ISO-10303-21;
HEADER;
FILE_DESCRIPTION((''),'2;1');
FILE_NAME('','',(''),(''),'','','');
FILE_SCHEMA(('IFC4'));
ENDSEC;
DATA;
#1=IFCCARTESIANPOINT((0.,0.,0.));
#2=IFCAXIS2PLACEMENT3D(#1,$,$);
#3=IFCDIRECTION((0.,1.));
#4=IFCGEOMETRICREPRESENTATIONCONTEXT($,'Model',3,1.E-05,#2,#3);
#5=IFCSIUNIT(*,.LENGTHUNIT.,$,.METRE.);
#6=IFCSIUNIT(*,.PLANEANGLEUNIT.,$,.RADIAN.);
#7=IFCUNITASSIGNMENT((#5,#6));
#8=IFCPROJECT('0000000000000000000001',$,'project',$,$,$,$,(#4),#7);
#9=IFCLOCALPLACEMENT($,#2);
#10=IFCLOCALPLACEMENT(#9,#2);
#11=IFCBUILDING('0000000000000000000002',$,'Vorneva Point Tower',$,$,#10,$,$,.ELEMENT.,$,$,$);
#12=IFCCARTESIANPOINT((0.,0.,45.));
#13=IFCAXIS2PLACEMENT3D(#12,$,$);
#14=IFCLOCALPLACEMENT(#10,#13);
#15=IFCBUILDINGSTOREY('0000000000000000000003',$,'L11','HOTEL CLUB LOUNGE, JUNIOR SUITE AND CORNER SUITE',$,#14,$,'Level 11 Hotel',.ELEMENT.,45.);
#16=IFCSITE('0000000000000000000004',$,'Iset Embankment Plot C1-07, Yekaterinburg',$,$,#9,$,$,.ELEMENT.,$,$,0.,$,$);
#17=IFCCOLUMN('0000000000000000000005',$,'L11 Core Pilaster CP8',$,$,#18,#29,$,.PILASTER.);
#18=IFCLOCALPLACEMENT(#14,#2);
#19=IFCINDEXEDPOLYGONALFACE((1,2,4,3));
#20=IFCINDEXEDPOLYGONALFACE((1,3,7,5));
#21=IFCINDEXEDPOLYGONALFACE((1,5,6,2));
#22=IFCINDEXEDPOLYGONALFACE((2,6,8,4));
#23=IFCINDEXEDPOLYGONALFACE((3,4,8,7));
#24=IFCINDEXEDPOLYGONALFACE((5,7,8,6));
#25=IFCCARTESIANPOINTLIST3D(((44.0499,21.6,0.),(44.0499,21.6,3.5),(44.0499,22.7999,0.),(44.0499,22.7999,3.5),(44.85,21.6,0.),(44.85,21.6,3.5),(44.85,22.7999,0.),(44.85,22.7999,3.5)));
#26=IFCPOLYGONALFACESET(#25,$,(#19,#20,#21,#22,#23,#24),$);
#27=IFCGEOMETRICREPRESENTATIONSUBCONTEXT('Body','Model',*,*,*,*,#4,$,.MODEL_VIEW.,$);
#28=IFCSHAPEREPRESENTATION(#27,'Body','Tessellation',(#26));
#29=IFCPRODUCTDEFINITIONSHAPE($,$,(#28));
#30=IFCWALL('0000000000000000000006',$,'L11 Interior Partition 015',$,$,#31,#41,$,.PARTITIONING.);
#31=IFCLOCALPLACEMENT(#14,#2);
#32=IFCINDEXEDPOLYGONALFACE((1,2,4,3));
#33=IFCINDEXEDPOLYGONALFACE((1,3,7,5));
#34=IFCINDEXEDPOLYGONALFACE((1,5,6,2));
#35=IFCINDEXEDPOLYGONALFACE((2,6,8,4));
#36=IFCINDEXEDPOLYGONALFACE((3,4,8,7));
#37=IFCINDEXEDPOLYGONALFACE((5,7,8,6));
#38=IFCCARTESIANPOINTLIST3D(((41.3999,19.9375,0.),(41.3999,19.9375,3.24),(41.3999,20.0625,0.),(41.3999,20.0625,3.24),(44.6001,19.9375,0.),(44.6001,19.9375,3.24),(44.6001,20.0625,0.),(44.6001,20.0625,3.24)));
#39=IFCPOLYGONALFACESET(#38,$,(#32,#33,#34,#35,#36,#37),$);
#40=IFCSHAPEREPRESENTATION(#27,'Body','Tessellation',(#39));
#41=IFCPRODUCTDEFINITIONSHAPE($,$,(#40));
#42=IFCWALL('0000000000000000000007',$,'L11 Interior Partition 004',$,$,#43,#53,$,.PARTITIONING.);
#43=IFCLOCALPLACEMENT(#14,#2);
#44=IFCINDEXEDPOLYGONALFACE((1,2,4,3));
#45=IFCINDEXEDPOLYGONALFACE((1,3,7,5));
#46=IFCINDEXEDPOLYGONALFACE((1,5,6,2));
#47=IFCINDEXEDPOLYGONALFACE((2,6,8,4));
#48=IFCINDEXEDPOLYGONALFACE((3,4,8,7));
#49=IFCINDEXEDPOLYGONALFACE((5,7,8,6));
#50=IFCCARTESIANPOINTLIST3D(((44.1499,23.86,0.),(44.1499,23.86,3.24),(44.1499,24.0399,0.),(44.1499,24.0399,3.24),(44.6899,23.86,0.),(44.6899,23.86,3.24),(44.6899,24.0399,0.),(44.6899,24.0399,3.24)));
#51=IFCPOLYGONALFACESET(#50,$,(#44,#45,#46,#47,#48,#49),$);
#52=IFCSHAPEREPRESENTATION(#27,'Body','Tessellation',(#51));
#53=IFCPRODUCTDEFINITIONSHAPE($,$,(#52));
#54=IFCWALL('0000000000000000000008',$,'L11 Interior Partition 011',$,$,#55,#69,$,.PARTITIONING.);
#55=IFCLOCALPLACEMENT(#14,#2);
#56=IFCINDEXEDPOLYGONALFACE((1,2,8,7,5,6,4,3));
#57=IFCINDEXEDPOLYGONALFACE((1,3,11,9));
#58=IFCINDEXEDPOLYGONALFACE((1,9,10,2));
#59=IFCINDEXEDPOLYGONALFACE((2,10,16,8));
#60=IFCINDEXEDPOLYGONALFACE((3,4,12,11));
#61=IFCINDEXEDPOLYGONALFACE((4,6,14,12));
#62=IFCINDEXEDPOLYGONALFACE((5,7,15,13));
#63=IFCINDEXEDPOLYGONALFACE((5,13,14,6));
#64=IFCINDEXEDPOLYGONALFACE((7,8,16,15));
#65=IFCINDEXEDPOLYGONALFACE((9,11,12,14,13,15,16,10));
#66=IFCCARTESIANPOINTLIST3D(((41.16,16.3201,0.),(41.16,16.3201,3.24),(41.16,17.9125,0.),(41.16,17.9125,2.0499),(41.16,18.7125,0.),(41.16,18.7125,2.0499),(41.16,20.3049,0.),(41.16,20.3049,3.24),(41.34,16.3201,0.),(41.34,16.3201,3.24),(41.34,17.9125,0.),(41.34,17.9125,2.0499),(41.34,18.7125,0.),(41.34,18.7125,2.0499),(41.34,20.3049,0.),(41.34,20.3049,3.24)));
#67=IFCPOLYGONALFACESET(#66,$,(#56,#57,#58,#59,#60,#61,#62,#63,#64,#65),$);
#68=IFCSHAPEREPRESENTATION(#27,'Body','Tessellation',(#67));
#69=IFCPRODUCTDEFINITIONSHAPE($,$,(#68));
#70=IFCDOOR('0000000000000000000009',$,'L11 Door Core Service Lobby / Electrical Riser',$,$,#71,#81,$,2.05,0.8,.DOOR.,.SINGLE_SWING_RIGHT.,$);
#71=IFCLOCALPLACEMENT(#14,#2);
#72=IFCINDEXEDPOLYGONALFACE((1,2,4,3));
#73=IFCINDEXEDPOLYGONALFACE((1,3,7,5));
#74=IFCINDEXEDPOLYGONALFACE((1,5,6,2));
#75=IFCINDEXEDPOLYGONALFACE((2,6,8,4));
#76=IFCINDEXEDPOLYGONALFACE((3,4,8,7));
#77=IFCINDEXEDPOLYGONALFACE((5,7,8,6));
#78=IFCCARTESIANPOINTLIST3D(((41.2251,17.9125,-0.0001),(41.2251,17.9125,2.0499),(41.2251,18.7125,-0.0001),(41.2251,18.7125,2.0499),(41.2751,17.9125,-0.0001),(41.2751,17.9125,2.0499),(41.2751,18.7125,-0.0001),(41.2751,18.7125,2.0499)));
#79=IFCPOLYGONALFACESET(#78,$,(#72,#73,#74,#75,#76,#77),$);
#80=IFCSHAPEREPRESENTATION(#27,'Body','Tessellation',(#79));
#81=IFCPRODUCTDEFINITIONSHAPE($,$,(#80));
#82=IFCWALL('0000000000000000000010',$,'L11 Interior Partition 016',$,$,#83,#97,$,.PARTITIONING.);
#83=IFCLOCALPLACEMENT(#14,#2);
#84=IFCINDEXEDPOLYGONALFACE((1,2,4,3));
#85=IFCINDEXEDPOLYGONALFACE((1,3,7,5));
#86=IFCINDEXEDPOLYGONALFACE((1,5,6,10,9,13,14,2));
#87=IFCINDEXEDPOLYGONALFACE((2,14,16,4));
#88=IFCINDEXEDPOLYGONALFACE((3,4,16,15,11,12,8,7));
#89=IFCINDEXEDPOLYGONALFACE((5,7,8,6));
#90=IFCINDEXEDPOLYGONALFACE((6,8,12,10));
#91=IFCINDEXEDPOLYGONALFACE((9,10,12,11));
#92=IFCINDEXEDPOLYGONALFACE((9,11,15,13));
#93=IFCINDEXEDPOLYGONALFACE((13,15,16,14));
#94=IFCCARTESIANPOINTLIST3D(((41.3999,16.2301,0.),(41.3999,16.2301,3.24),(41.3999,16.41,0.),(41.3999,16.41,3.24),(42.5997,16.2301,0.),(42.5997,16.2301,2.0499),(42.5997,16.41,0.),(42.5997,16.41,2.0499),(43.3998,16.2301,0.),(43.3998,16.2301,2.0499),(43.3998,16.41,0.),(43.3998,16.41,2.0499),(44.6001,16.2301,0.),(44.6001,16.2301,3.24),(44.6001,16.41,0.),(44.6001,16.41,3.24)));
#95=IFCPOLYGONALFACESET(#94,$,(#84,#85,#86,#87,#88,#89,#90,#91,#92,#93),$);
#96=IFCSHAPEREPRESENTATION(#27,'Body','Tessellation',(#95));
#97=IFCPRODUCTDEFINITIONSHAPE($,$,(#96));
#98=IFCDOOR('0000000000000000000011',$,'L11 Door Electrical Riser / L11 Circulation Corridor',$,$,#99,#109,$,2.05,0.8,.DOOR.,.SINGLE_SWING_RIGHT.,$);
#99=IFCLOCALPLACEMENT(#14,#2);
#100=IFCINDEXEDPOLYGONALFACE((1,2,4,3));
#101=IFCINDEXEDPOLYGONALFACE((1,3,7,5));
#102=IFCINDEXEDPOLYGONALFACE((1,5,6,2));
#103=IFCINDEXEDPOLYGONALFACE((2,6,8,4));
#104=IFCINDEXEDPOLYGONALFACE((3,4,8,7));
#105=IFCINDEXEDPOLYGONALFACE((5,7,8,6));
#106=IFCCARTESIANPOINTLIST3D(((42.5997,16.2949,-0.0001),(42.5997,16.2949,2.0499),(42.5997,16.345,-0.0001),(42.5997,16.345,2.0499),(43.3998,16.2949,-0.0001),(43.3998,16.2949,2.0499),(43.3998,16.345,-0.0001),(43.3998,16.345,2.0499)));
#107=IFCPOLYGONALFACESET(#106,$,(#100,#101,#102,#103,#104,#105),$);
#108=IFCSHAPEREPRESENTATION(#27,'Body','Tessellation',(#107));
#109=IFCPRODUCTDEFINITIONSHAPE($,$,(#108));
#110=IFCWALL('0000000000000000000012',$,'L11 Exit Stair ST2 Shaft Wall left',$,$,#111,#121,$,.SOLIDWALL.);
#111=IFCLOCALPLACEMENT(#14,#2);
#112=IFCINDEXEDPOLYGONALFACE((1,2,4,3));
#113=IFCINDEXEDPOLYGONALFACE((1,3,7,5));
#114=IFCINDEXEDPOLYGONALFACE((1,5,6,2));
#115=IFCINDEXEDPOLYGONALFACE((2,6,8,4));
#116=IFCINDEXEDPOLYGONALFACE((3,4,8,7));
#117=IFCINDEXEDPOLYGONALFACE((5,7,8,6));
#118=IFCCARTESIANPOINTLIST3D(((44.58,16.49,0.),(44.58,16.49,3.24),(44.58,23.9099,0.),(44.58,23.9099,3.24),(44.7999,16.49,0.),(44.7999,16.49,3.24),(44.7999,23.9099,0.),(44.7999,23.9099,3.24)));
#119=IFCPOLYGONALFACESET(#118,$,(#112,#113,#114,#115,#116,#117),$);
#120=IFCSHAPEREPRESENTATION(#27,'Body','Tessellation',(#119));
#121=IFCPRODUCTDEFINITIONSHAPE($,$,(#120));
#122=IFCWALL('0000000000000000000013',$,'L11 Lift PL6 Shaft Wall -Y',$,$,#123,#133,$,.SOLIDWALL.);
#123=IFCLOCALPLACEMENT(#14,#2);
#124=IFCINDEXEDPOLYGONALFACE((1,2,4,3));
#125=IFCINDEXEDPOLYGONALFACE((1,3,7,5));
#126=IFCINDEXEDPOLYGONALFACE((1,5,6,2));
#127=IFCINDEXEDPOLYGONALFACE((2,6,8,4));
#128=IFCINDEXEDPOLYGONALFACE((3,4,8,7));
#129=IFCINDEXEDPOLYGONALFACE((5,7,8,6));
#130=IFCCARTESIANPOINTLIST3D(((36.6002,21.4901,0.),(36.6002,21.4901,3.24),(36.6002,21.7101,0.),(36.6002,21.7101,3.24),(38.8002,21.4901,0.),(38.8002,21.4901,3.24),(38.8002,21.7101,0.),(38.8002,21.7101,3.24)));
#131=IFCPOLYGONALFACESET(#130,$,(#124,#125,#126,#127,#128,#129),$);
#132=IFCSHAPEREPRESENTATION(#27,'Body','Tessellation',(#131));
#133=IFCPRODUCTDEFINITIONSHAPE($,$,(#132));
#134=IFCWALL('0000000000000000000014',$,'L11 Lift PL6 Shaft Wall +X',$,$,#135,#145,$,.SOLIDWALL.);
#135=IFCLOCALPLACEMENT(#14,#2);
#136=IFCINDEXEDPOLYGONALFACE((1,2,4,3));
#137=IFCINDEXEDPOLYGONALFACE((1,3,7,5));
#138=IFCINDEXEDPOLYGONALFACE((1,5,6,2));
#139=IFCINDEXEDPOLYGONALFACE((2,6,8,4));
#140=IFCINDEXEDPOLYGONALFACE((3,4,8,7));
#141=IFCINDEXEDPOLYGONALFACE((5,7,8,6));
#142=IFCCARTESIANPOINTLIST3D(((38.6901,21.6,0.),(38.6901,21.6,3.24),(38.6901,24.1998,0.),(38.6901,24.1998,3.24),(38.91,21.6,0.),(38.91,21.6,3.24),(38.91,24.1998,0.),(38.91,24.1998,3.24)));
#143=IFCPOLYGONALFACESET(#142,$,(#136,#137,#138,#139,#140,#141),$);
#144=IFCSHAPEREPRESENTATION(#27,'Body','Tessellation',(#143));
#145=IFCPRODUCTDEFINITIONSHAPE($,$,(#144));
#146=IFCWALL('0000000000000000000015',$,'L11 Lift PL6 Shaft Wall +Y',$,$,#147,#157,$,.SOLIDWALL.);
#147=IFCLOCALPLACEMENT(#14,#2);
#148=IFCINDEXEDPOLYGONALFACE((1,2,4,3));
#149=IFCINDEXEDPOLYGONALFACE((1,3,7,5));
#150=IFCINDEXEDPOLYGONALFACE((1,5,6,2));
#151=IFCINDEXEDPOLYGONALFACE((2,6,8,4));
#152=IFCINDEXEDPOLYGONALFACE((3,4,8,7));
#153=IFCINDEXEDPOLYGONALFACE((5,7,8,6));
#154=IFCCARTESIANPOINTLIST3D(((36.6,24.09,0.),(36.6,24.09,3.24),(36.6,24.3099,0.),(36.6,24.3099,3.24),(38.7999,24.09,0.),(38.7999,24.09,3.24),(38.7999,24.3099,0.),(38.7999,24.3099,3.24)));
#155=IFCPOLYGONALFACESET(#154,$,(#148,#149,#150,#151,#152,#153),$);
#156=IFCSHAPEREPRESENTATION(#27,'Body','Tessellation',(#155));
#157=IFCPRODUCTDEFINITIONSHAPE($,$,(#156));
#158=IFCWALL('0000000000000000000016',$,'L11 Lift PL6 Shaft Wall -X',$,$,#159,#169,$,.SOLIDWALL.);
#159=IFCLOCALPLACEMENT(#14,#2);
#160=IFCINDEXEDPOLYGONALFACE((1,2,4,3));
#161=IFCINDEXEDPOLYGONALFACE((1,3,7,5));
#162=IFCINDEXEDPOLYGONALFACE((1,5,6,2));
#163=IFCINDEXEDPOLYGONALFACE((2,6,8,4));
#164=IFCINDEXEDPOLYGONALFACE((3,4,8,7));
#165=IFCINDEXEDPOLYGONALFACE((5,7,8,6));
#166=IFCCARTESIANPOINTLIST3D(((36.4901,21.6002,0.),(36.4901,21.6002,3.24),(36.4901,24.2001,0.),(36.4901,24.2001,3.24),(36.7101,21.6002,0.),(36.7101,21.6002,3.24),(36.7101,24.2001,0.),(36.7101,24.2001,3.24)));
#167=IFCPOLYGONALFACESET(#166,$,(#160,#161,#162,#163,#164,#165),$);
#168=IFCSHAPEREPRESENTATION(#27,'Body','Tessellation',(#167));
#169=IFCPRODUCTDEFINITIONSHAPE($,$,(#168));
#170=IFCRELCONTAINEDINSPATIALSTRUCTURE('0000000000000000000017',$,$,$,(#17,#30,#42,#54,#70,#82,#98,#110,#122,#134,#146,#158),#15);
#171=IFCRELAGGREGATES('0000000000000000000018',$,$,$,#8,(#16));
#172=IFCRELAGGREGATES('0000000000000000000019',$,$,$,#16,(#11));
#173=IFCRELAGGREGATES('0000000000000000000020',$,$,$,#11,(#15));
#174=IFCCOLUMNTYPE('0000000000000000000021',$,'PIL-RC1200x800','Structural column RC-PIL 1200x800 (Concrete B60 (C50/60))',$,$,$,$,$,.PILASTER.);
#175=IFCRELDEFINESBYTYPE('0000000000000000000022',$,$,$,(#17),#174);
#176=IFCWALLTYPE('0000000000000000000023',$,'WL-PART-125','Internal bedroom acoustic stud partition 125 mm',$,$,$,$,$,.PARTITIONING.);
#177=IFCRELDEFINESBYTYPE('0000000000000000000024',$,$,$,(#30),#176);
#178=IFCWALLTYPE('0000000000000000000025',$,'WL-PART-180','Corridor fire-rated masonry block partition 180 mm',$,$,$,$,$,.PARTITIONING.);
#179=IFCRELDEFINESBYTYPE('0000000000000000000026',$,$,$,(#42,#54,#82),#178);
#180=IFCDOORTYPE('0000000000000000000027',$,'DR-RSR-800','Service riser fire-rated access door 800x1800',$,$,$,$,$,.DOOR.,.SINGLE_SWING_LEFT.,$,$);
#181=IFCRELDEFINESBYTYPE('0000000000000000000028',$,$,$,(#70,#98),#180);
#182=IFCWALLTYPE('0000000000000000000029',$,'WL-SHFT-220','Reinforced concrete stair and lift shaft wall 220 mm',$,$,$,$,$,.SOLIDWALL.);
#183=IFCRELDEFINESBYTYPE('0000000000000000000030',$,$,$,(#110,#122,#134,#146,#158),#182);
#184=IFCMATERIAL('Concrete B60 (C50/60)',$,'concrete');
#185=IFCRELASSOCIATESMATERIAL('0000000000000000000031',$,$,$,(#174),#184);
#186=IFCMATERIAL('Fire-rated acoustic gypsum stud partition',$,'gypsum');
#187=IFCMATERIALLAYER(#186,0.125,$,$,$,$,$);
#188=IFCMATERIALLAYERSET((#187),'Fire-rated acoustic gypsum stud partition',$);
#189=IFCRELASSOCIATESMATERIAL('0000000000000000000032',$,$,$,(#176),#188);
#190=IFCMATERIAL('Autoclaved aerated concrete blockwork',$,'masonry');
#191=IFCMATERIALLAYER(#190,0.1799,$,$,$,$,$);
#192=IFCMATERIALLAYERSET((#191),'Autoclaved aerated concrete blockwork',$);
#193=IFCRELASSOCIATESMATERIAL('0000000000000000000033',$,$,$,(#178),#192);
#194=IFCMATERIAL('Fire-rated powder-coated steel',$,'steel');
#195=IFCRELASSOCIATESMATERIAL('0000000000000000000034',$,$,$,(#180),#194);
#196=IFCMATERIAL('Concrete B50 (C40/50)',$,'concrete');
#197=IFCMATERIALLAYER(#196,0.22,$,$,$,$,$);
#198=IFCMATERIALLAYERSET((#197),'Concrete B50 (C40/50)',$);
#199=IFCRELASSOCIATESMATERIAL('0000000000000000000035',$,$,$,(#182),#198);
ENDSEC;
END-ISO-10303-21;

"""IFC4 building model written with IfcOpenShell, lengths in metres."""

from ifc_helpers import new_model, si_unit, direction, frame, frame_2d, origin, origin_2d, place, context, subcontext, project, spatial, rectangle, extrude, material, layer, layer_set, material_profile, profile_set, type_object, element, fill, save


model = new_model("IFC4")

# Units and contexts
model_context = context("Model", 3, precision=1e-05, world=origin(), true_north=direction((0.0, 1.0)))
body_context = subcontext(model_context, "Body", "Model", "MODEL_VIEW")
ifc_project = project(units=[si_unit("LENGTHUNIT", "METRE"), si_unit("PLANEANGLEUNIT", "RADIAN")], contexts=[model_context])

# Site, building, storey
site_placement = place(None, origin())
site = spatial("IfcSite", under=ifc_project, at=site_placement, Name="Iset Embankment Plot C1-07, Yekaterinburg", CompositionType="ELEMENT", RefElevation=0.0)
building_placement = place(site_placement, origin())
building = spatial("IfcBuilding", under=site, at=building_placement, Name="Vorneva Point Tower", CompositionType="ELEMENT")
storey_placement = place(building_placement, frame((0.0, 0.0, 45.0)))
storey = spatial("IfcBuildingStorey", under=building, at=storey_placement, Name="L11", Description="HOTEL CLUB LOUNGE, JUNIOR SUITE AND CORNER SUITE", LongName="Level 11 Hotel", CompositionType="ELEMENT", Elevation=45.0)

# Column
ifc_material_1 = material(Name="Concrete B60 (C50/60)", Category="concrete")
ifc_material_profile = material_profile(ifc_material_1, rectangle(XDim=0.8, YDim=1.2, at=origin_2d()), Name="RC-PIL 1200x800")
ifc_profile_set = profile_set([ifc_material_profile], Name="Concrete B60 (C50/60)")
column_type = type_object("IfcColumnType", Name="PIL-RC1200x800", Description="Structural column RC-PIL 1200x800 (Concrete B60 (C50/60))", PredefinedType="PILASTER", material=ifc_profile_set)
column_placement = place(storey_placement, frame((44.45, 22.2, 0.0), z_axis=(0.0, 0.0, 1.0), x_axis=(1.0, 0.0, 0.0)))
element("IfcColumn", 1, at=column_placement, inside=storey, type_object=column_type, Name="L11 Core Pilaster CP8", PredefinedType="PILASTER", context=body_context, shape_type="SweptSolid", body=[
    extrude(rectangle(XDim=0.8, YDim=1.2, at=origin_2d()), origin(), (0.0, 0.0, 1.0), 3.5),
])

# Walls
ifc_material_2 = material(Name="Fire-rated acoustic gypsum stud partition", Category="gypsum")
ifc_layer_1 = layer(ifc_material_2, 0.125)
ifc_layer_set_1 = layer_set([ifc_layer_1], Name="Fire-rated acoustic gypsum stud partition")
wall_type_1 = type_object("IfcWallType", Name="WL-PART-125", Description="Internal bedroom acoustic stud partition 125 mm", PredefinedType="PARTITIONING", material=ifc_layer_set_1)
wall_1_placement = place(storey_placement, frame((44.6001, 20.0, 0.0), z_axis=(0.0, 0.0, 1.0), x_axis=(-1.0, 0.0, 0.0)))
element("IfcWall", 2, at=wall_1_placement, inside=storey, type_object=wall_type_1, Name="L11 Interior Partition 015", PredefinedType="PARTITIONING", context=body_context, shape_type="SweptSolid", body=[
    extrude(rectangle(XDim=3.2002, YDim=0.125, at=frame_2d((1.6001, 0.0))), origin(), (0.0, 0.0, 1.0), 3.24),
])
ifc_material_3 = material(Name="Autoclaved aerated concrete blockwork", Category="masonry")
ifc_layer_2 = layer(ifc_material_3, 0.1799)
ifc_layer_set_2 = layer_set([ifc_layer_2], Name="Autoclaved aerated concrete blockwork")
wall_type_2 = type_object("IfcWallType", Name="WL-PART-180", Description="Corridor fire-rated masonry block partition 180 mm", PredefinedType="PARTITIONING", material=ifc_layer_set_2)
wall_2_placement = place(storey_placement, frame((44.1499, 23.95, 0.0), z_axis=(0.0, 0.0, 1.0), x_axis=(1.0, 0.0, 0.0)))
element("IfcWall", 3, at=wall_2_placement, inside=storey, type_object=wall_type_2, Name="L11 Interior Partition 004", PredefinedType="PARTITIONING", context=body_context, shape_type="SweptSolid", body=[
    extrude(rectangle(XDim=0.54, YDim=0.1799, at=frame_2d((0.27, 0.0))), origin(), (0.0, 0.0, 1.0), 3.24),
])

# Walls, openings, doors
ifc_material_4 = material(Name="Fire-rated powder-coated steel", Category="steel")
wall_3_placement = place(storey_placement, frame((41.25, 16.3201, 0.0), z_axis=(0.0, 0.0, 1.0), x_axis=(0.0, 1.0, 0.0)))
wall_3 = element("IfcWall", 4, at=wall_3_placement, inside=storey, type_object=wall_type_2, Name="L11 Interior Partition 011", PredefinedType="PARTITIONING", context=body_context, shape_type="SweptSolid", body=[
    extrude(rectangle(XDim=3.9849, YDim=0.1799, at=frame_2d((1.9924, 0.0))), origin(), (0.0, 0.0, 1.0), 3.24),
])
opening_1_placement = place(wall_3_placement, frame((1.5925, 0.0, 0.0)))
opening_1 = element("IfcOpeningElement", 5, at=opening_1_placement, cuts=wall_3, PredefinedType="OPENING", context=body_context, shape_type="SweptSolid", body=[
    extrude(rectangle(XDim=0.8, YDim=2.05, at=frame_2d((0.3999, 1.0249))), frame((0.0, 0.105, 0.0), z_axis=(0.0, -1.0, 0.0), x_axis=(1.0, 0.0, 0.0)), (0.0, 0.0, 1.0), 0.2097),
])
door_type_1 = type_object("IfcDoorType", Name="DR-RSR-800", Description="Service riser fire-rated access door 800x1800", OperationType="SINGLE_SWING_LEFT", PredefinedType="DOOR", material=ifc_material_4)
door_1_placement = place(opening_1_placement, origin())
door_1 = element("IfcDoor", 6, at=door_1_placement, inside=storey, type_object=door_type_1, Name="L11 Door Core Service Lobby / Electrical Riser", OperationType="SINGLE_SWING_RIGHT", OverallHeight=2.05, OverallWidth=0.8, PredefinedType="DOOR", context=body_context, shape_type="SweptSolid", body=[
    extrude(rectangle(XDim=0.8, YDim=2.05, at=frame_2d((0.3999, 1.0249))), frame((0.0, 0.0249, 0.0), z_axis=(0.0, -1.0, 0.0), x_axis=(1.0, 0.0, 0.0)), (0.0, 0.0, 1.0), 0.05),
])
fill(opening_1, door_1)
wall_4_placement = place(storey_placement, frame((41.3999, 16.3201, 0.0), z_axis=(0.0, 0.0, 1.0), x_axis=(1.0, 0.0, 0.0)))
wall_4 = element("IfcWall", 7, at=wall_4_placement, inside=storey, type_object=wall_type_2, Name="L11 Interior Partition 016", PredefinedType="PARTITIONING", context=body_context, shape_type="SweptSolid", body=[
    extrude(rectangle(XDim=3.2002, YDim=0.1799, at=frame_2d((1.6001, 0.0))), origin(), (0.0, 0.0, 1.0), 3.24),
])
opening_2_placement = place(wall_4_placement, frame((1.2, 0.0, 0.0)))
opening_2 = element("IfcOpeningElement", 8, at=opening_2_placement, cuts=wall_4, PredefinedType="OPENING", context=body_context, shape_type="SweptSolid", body=[
    extrude(rectangle(XDim=0.8, YDim=2.05, at=frame_2d((0.3999, 1.0249))), frame((0.0, 0.105, 0.0), z_axis=(0.0, -1.0, 0.0), x_axis=(1.0, 0.0, 0.0)), (0.0, 0.0, 1.0), 0.2097),
])
door_2_placement = place(opening_2_placement, origin())
door_2 = element("IfcDoor", 9, at=door_2_placement, inside=storey, type_object=door_type_1, Name="L11 Door Electrical Riser / L11 Circulation Corridor", OperationType="SINGLE_SWING_RIGHT", OverallHeight=2.05, OverallWidth=0.8, PredefinedType="DOOR", context=body_context, shape_type="SweptSolid", body=[
    extrude(rectangle(XDim=0.8, YDim=2.05, at=frame_2d((0.3999, 1.0249))), frame((0.0, 0.0249, 0.0), z_axis=(0.0, -1.0, 0.0), x_axis=(1.0, 0.0, 0.0)), (0.0, 0.0, 1.0), 0.05),
])
fill(opening_2, door_2)
ifc_material_5 = material(Name="Concrete B50 (C40/50)", Category="concrete")
ifc_layer_3 = layer(ifc_material_5, 0.22)
ifc_layer_set_3 = layer_set([ifc_layer_3], Name="Concrete B50 (C40/50)")
wall_type_3 = type_object("IfcWallType", Name="WL-SHFT-220", Description="Reinforced concrete stair and lift shaft wall 220 mm", PredefinedType="SOLIDWALL", material=ifc_layer_set_3)

# Walls
wall_5_placement = place(storey_placement, frame((44.6899, 16.49, 0.0), z_axis=(0.0, 0.0, 1.0), x_axis=(0.0, 1.0, 0.0)))
element("IfcWall", 10, at=wall_5_placement, inside=storey, type_object=wall_type_3, Name="L11 Exit Stair ST2 Shaft Wall left", PredefinedType="SOLIDWALL", context=body_context, shape_type="SweptSolid", body=[
    extrude(rectangle(XDim=7.4199, YDim=0.22, at=frame_2d((3.71, 0.0))), origin(), (0.0, 0.0, 1.0), 3.24),
])
wall_6_placement = place(storey_placement, frame((36.6001, 21.6001, 0.0), z_axis=(0.0, 0.0, 1.0), x_axis=(1.0, 0.0, 0.0)))
element("IfcWall", 11, at=wall_6_placement, inside=storey, type_object=wall_type_3, Name="L11 Lift PL6 Shaft Wall -Y", PredefinedType="SOLIDWALL", context=body_context, shape_type="SweptSolid", body=[
    extrude(rectangle(XDim=2.2, YDim=0.22, at=frame_2d((1.1001, 0.0))), origin(), (0.0, 0.0, 1.0), 3.24),
])
wall_7_placement = place(storey_placement, frame((38.8, 21.6001, 0.0), z_axis=(0.0, 0.0, 1.0), x_axis=(0.0, 1.0, 0.0)))
element("IfcWall", 12, at=wall_7_placement, inside=storey, type_object=wall_type_3, Name="L11 Lift PL6 Shaft Wall +X", PredefinedType="SOLIDWALL", context=body_context, shape_type="SweptSolid", body=[
    extrude(rectangle(XDim=2.5999, YDim=0.22, at=frame_2d((1.2998, 0.0))), origin(), (0.0, 0.0, 1.0), 3.24),
])
wall_8_placement = place(storey_placement, frame((38.8, 24.2, 0.0), z_axis=(0.0, 0.0, 1.0), x_axis=(-1.0, 0.0, 0.0)))
element("IfcWall", 13, at=wall_8_placement, inside=storey, type_object=wall_type_3, Name="L11 Lift PL6 Shaft Wall +Y", PredefinedType="SOLIDWALL", context=body_context, shape_type="SweptSolid", body=[
    extrude(rectangle(XDim=2.2, YDim=0.22, at=frame_2d((1.1001, 0.0))), origin(), (0.0, 0.0, 1.0), 3.24),
])
wall_9_placement = place(storey_placement, frame((36.6001, 24.2, 0.0), z_axis=(0.0, 0.0, 1.0), x_axis=(0.0, -1.0, 0.0)))
element("IfcWall", 14, at=wall_9_placement, inside=storey, type_object=wall_type_3, Name="L11 Lift PL6 Shaft Wall -X", PredefinedType="SOLIDWALL", context=body_context, shape_type="SweptSolid", body=[
    extrude(rectangle(XDim=2.5999, YDim=0.22, at=frame_2d((1.2998, 0.0))), origin(), (0.0, 0.0, 1.0), 3.24),
])

save(model, "model.ifc")
